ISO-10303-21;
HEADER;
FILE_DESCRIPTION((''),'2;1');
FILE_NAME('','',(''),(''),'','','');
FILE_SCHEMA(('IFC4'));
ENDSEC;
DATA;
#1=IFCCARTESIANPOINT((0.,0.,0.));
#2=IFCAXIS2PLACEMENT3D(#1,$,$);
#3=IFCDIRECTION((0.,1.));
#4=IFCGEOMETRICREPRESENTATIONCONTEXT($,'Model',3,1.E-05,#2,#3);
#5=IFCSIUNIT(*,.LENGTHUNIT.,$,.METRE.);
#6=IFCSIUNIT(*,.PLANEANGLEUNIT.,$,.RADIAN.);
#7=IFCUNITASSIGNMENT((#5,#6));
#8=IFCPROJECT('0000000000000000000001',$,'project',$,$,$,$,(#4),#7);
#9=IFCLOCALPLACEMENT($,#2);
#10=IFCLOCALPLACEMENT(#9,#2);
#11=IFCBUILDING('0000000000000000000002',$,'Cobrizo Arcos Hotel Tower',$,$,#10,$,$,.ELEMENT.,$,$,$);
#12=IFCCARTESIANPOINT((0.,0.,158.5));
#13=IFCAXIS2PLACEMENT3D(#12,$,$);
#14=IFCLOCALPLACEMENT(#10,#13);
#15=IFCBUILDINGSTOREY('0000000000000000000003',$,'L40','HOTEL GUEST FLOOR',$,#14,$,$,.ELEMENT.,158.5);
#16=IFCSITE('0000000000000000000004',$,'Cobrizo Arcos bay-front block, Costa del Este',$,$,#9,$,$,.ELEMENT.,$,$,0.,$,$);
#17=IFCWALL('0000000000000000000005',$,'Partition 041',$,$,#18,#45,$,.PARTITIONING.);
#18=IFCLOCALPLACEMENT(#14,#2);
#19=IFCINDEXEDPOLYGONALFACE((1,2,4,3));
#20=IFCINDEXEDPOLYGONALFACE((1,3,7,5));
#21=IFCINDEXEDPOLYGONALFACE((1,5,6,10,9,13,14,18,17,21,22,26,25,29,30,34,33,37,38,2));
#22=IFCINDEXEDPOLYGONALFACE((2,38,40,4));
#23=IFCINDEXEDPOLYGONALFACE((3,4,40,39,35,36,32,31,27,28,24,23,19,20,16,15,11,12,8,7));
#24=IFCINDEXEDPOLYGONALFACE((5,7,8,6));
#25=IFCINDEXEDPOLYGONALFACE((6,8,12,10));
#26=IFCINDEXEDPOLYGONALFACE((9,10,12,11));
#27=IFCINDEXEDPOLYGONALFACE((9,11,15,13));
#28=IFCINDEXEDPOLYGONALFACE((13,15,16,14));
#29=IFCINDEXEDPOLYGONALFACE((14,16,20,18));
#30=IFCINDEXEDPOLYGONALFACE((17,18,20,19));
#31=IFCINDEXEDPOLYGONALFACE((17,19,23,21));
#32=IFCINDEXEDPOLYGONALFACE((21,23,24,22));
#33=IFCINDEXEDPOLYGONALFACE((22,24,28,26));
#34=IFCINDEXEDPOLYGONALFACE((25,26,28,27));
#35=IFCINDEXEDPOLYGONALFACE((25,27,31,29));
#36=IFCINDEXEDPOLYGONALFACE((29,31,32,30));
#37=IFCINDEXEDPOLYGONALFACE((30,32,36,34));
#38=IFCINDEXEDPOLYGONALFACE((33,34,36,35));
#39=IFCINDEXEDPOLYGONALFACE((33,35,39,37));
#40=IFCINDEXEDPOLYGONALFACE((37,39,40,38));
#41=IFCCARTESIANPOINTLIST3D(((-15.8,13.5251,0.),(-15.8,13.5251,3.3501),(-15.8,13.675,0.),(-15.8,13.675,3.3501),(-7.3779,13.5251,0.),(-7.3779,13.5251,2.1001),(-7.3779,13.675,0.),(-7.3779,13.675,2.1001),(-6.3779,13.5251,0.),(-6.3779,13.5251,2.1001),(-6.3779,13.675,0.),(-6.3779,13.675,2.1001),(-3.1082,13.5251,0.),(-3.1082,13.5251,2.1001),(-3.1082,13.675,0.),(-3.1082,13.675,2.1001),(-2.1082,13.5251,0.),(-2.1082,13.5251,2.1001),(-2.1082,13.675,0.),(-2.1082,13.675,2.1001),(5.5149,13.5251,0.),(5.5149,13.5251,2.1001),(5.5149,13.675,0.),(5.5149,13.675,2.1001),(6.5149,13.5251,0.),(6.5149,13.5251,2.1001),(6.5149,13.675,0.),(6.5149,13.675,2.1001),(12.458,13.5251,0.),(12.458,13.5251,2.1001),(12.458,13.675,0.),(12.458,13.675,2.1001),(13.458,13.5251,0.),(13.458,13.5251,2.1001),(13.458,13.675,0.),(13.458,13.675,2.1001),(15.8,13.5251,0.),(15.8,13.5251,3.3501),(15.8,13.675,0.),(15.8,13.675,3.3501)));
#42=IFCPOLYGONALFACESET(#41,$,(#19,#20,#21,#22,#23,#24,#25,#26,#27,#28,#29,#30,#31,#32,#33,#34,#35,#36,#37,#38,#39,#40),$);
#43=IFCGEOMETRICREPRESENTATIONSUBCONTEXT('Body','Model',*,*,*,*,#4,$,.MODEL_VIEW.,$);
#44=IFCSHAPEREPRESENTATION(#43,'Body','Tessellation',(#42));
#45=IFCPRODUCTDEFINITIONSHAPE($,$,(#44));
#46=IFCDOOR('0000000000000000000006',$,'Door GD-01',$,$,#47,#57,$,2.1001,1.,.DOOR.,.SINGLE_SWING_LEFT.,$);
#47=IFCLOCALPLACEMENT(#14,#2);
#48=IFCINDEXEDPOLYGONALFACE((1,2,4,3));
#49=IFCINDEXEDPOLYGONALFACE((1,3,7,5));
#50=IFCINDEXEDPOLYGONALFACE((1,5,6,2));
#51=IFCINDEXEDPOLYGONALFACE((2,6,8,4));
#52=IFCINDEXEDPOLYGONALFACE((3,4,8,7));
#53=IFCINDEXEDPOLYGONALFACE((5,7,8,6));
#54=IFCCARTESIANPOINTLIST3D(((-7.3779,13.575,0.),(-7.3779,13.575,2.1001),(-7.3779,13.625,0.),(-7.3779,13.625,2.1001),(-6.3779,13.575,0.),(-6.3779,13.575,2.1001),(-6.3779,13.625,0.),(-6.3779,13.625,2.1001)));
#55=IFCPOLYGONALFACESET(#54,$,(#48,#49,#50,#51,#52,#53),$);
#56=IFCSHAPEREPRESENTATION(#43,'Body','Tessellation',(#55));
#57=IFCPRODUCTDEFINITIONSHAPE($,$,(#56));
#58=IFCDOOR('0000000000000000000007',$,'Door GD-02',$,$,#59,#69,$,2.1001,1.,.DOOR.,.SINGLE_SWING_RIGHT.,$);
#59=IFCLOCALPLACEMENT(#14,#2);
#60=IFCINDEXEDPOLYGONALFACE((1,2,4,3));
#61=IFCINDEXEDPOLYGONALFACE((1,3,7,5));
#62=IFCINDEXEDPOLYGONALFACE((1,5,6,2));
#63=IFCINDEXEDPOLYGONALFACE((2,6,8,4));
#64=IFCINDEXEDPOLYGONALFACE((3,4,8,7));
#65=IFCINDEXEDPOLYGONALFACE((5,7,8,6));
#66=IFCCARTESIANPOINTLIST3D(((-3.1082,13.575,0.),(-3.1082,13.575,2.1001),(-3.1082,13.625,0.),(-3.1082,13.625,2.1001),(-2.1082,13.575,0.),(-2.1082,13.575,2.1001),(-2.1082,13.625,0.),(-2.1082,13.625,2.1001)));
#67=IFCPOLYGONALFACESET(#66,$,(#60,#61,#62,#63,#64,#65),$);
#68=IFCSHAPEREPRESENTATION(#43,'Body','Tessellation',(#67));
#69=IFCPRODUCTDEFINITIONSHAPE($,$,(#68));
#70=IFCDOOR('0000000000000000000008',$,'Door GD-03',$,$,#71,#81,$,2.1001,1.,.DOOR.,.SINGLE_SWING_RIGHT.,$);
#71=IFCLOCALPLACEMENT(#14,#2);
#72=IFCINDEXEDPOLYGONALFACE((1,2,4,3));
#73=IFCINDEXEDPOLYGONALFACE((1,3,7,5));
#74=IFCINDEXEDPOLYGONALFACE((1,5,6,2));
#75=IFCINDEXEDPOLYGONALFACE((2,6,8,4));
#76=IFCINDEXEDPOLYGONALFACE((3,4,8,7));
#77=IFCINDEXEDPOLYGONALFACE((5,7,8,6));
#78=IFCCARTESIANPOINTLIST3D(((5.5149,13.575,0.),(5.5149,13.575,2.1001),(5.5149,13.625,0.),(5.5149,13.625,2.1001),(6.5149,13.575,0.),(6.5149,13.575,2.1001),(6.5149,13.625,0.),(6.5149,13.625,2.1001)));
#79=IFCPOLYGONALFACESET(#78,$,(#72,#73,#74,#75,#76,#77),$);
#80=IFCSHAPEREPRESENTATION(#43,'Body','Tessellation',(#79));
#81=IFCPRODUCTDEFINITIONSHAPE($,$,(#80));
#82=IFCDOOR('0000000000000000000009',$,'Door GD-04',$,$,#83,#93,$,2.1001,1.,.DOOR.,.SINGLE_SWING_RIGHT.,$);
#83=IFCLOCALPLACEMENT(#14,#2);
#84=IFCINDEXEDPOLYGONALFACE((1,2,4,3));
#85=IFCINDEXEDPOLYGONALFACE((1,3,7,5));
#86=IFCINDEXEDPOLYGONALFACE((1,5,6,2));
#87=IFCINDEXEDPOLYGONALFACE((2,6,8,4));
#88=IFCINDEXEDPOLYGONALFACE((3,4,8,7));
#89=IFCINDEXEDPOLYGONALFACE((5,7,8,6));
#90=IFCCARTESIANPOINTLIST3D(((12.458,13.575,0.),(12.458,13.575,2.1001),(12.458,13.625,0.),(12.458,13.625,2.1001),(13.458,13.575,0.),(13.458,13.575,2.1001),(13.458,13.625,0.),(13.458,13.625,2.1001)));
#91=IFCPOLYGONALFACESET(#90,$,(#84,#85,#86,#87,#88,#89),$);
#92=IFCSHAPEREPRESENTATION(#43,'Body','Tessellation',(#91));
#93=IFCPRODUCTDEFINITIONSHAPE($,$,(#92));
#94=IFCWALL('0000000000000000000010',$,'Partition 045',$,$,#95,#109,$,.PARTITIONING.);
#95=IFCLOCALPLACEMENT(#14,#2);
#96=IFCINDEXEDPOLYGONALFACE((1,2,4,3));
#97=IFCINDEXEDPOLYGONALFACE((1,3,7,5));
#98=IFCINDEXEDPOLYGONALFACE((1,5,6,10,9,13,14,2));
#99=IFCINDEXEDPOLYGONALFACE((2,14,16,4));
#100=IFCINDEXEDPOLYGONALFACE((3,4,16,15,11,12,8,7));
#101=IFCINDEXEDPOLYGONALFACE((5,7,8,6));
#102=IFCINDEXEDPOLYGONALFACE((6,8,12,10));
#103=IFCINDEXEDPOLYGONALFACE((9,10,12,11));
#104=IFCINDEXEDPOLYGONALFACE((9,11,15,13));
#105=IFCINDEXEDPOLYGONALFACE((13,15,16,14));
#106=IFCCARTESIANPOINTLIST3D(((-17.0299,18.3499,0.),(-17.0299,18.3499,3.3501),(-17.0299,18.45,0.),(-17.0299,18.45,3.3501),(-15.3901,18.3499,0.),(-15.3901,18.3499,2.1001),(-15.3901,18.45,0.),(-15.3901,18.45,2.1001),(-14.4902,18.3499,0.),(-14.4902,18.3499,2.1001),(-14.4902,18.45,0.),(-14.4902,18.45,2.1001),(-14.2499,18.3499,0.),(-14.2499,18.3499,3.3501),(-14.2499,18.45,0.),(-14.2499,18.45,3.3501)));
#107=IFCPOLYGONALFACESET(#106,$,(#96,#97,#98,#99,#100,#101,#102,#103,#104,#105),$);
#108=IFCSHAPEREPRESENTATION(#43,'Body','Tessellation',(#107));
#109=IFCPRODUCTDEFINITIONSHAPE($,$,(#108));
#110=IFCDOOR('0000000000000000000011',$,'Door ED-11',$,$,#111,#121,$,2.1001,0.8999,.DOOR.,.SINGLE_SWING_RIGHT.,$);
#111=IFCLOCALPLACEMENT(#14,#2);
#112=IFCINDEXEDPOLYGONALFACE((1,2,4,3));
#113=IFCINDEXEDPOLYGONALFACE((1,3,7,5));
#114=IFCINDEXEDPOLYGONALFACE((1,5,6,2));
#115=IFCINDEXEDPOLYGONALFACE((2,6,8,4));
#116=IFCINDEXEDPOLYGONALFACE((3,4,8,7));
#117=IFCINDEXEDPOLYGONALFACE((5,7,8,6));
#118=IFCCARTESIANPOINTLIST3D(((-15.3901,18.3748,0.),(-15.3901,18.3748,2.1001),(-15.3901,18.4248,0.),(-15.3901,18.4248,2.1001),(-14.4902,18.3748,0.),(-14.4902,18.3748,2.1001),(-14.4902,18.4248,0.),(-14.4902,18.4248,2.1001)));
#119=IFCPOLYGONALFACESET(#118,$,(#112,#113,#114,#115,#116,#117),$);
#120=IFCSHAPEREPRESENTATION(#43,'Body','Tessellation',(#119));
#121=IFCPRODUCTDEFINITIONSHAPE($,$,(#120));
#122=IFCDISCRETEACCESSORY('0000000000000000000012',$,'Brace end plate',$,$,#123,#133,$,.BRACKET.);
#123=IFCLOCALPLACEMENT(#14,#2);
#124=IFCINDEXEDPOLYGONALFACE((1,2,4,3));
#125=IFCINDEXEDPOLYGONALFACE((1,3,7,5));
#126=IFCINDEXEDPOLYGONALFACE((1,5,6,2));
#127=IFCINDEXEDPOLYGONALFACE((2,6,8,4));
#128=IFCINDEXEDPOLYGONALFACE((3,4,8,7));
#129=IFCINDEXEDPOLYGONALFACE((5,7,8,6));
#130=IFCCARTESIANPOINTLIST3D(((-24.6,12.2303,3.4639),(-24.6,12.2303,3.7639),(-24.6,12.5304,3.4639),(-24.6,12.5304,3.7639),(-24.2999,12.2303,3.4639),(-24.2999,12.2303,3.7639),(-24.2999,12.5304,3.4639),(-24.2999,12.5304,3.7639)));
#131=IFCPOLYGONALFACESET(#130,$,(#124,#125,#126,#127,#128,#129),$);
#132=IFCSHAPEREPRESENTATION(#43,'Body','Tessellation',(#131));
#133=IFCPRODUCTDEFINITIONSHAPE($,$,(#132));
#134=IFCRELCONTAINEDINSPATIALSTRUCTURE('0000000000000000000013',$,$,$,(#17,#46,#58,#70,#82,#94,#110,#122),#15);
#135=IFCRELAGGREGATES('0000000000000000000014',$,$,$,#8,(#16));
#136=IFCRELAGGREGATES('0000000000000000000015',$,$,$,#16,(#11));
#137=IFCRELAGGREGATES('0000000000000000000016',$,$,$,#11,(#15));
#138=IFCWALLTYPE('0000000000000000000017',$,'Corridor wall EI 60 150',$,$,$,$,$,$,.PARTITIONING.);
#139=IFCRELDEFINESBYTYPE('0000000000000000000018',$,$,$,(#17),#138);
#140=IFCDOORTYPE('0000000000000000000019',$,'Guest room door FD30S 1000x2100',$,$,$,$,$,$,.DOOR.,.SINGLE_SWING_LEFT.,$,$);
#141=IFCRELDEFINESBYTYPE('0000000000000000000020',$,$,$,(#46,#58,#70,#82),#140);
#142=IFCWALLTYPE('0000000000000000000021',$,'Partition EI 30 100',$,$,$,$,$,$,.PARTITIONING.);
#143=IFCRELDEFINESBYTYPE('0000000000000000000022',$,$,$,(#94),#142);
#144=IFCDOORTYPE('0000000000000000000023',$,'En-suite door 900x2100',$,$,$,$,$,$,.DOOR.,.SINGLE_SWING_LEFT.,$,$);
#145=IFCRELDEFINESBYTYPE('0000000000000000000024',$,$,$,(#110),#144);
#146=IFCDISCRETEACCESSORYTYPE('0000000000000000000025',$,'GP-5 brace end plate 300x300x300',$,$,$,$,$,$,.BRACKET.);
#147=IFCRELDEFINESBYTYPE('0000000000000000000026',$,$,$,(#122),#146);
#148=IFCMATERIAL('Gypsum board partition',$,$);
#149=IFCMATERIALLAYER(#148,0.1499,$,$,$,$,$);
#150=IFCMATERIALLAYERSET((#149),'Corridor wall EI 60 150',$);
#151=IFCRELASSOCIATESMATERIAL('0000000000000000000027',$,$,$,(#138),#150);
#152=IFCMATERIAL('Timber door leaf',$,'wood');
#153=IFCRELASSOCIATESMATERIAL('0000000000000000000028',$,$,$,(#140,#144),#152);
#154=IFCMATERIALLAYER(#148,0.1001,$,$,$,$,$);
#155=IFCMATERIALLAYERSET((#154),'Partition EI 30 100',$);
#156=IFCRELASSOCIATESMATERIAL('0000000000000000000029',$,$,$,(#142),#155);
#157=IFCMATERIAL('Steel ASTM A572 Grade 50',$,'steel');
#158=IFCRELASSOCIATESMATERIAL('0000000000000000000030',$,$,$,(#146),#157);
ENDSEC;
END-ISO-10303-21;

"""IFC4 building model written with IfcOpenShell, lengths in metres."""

from ifc_helpers import new_model, si_unit, direction, frame, frame_2d, origin, origin_2d, place, context, subcontext, project, spatial, rectangle, extrude, material, layer, layer_set, type_object, element, fill, save


model = new_model("IFC4")

# Units and contexts
model_context = context("Model", 3, precision=1e-05, world=origin(), true_north=direction((0.0, 1.0)))
body_context = subcontext(model_context, "Body", "Model", "MODEL_VIEW")
ifc_project = project(units=[si_unit("LENGTHUNIT", "METRE"), si_unit("PLANEANGLEUNIT", "RADIAN")], contexts=[model_context])

# Site, building, storey
site_placement = place(None, origin())
site = spatial("IfcSite", under=ifc_project, at=site_placement, Name="Cobrizo Arcos bay-front block, Costa del Este", CompositionType="ELEMENT", RefElevation=0.0)
building_placement = place(site_placement, origin())
building = spatial("IfcBuilding", under=site, at=building_placement, Name="Cobrizo Arcos Hotel Tower", CompositionType="ELEMENT")
storey_placement = place(building_placement, frame((0.0, 0.0, 158.5)))
storey = spatial("IfcBuildingStorey", under=building, at=storey_placement, Name="L40", Description="HOTEL GUEST FLOOR", CompositionType="ELEMENT", Elevation=158.5)

# Shared definitions
ifc_material_1 = material(Name="Steel ASTM A572 Grade 50", Category="steel")

# Wall, openings, doors
ifc_material_2 = material(Name="Gypsum board partition")
ifc_layer_1 = layer(ifc_material_2, 0.1499)
ifc_layer_set_1 = layer_set([ifc_layer_1], Name="Corridor wall EI 60 150")
wall_type_1 = type_object("IfcWallType", Name="Corridor wall EI 60 150", PredefinedType="PARTITIONING", material=ifc_layer_set_1)
wall_1_placement = place(storey_placement, frame((-15.8, 13.6001, 0.0), z_axis=(0.0, 0.0, 1.0), x_axis=(1.0, 0.0, 0.0)))
wall_1 = element("IfcWall", 1, at=wall_1_placement, inside=storey, type_object=wall_type_1, Name="Partition 041", PredefinedType="PARTITIONING", context=body_context, shape_type="SweptSolid", body=[
    extrude(rectangle(XDim=31.6001, YDim=0.1499, at=frame_2d((15.8, 0.0))), origin(), (0.0, 0.0, 1.0), 3.3501),
])
opening_1_placement = place(wall_1_placement, frame((8.4221, 0.0, 0.0)))
opening_1 = element("IfcOpeningElement", 2, at=opening_1_placement, cuts=wall_1, PredefinedType="OPENING", context=body_context, shape_type="SweptSolid", body=[
    extrude(rectangle(XDim=1.0, YDim=2.1001, at=frame_2d((0.5, 1.05))), frame((0.0, 0.0869, 0.0), z_axis=(0.0, -1.0, 0.0), x_axis=(1.0, 0.0, 0.0)), (0.0, 0.0, 1.0), 0.1738),
])
opening_2_placement = place(wall_1_placement, frame((12.6919, 0.0, 0.0)))
opening_2 = element("IfcOpeningElement", 3, at=opening_2_placement, cuts=wall_1, PredefinedType="OPENING", context=body_context, shape_type="SweptSolid", body=[
    extrude(rectangle(XDim=1.0, YDim=2.1001, at=frame_2d((0.5, 1.05))), frame((0.0, 0.0869, 0.0), z_axis=(0.0, -1.0, 0.0), x_axis=(1.0, 0.0, 0.0)), (0.0, 0.0, 1.0), 0.1738),
])
opening_3_placement = place(wall_1_placement, frame((21.3149, 0.0, 0.0)))
opening_3 = element("IfcOpeningElement", 4, at=opening_3_placement, cuts=wall_1, PredefinedType="OPENING", context=body_context, shape_type="SweptSolid", body=[
    extrude(rectangle(XDim=1.0, YDim=2.1001, at=frame_2d((0.5, 1.05))), frame((0.0, 0.0869, 0.0), z_axis=(0.0, -1.0, 0.0), x_axis=(1.0, 0.0, 0.0)), (0.0, 0.0, 1.0), 0.1738),
])
opening_4_placement = place(wall_1_placement, frame((28.2581, 0.0, 0.0)))
opening_4 = element("IfcOpeningElement", 5, at=opening_4_placement, cuts=wall_1, PredefinedType="OPENING", context=body_context, shape_type="SweptSolid", body=[
    extrude(rectangle(XDim=1.0, YDim=2.1001, at=frame_2d((0.5, 1.05))), frame((0.0, 0.0869, 0.0), z_axis=(0.0, -1.0, 0.0), x_axis=(1.0, 0.0, 0.0)), (0.0, 0.0, 1.0), 0.1738),
])
ifc_material_3 = material(Name="Timber door leaf", Category="wood")
door_type_1 = type_object("IfcDoorType", Name="Guest room door FD30S 1000x2100", OperationType="SINGLE_SWING_LEFT", PredefinedType="DOOR", material=ifc_material_3)
door_1_placement = place(opening_1_placement, origin())
door_1 = element("IfcDoor", 6, at=door_1_placement, inside=storey, type_object=door_type_1, Name="Door GD-01", OperationType="SINGLE_SWING_LEFT", OverallHeight=2.1001, OverallWidth=1.0, PredefinedType="DOOR", context=body_context, shape_type="SweptSolid", body=[
    extrude(rectangle(XDim=1.0, YDim=2.1001, at=frame_2d((0.5, 1.05))), frame((0.0, 0.0249, 0.0), z_axis=(0.0, -1.0, 0.0), x_axis=(1.0, 0.0, 0.0)), (0.0, 0.0, 1.0), 0.05),
])
fill(opening_1, door_1)
door_2_placement = place(opening_2_placement, origin())
door_2 = element("IfcDoor", 7, at=door_2_placement, inside=storey, type_object=door_type_1, Name="Door GD-02", OperationType="SINGLE_SWING_RIGHT", OverallHeight=2.1001, OverallWidth=1.0, PredefinedType="DOOR", context=body_context, shape_type="SweptSolid", body=[
    extrude(rectangle(XDim=1.0, YDim=2.1001, at=frame_2d((0.5, 1.05))), frame((0.0, 0.0249, 0.0), z_axis=(0.0, -1.0, 0.0), x_axis=(1.0, 0.0, 0.0)), (0.0, 0.0, 1.0), 0.05),
])
fill(opening_2, door_2)
door_3_placement = place(opening_3_placement, origin())
door_3 = element("IfcDoor", 8, at=door_3_placement, inside=storey, type_object=door_type_1, Name="Door GD-03", OperationType="SINGLE_SWING_RIGHT", OverallHeight=2.1001, OverallWidth=1.0, PredefinedType="DOOR", context=body_context, shape_type="SweptSolid", body=[
    extrude(rectangle(XDim=1.0, YDim=2.1001, at=frame_2d((0.5, 1.05))), frame((0.0, 0.0249, 0.0), z_axis=(0.0, -1.0, 0.0), x_axis=(1.0, 0.0, 0.0)), (0.0, 0.0, 1.0), 0.05),
])
fill(opening_3, door_3)
door_4_placement = place(opening_4_placement, origin())
door_4 = element("IfcDoor", 9, at=door_4_placement, inside=storey, type_object=door_type_1, Name="Door GD-04", OperationType="SINGLE_SWING_RIGHT", OverallHeight=2.1001, OverallWidth=1.0, PredefinedType="DOOR", context=body_context, shape_type="SweptSolid", body=[
    extrude(rectangle(XDim=1.0, YDim=2.1001, at=frame_2d((0.5, 1.05))), frame((0.0, 0.0249, 0.0), z_axis=(0.0, -1.0, 0.0), x_axis=(1.0, 0.0, 0.0)), (0.0, 0.0, 1.0), 0.05),
])
fill(opening_4, door_4)

# Wall, opening, door
ifc_layer_2 = layer(ifc_material_2, 0.1001)
ifc_layer_set_2 = layer_set([ifc_layer_2], Name="Partition EI 30 100")
wall_type_2 = type_object("IfcWallType", Name="Partition EI 30 100", PredefinedType="PARTITIONING", material=ifc_layer_set_2)
wall_2_placement = place(storey_placement, frame((-17.03, 18.3999, 0.0), z_axis=(0.0, 0.0, 1.0), x_axis=(1.0, 0.0, 0.0)))
wall_2 = element("IfcWall", 10, at=wall_2_placement, inside=storey, type_object=wall_type_2, Name="Partition 045", PredefinedType="PARTITIONING", context=body_context, shape_type="SweptSolid", body=[
    extrude(rectangle(XDim=2.78, YDim=0.1001, at=frame_2d((1.3901, 0.0))), origin(), (0.0, 0.0, 1.0), 3.3501),
])
opening_5_placement = place(wall_2_placement, frame((1.6399, 0.0, 0.0)))
opening_5 = element("IfcOpeningElement", 11, at=opening_5_placement, cuts=wall_2, PredefinedType="OPENING", context=body_context, shape_type="SweptSolid", body=[
    extrude(rectangle(XDim=0.8999, YDim=2.1001, at=frame_2d((0.45, 1.05))), frame((0.0, 0.062, 0.0), z_axis=(0.0, -1.0, 0.0), x_axis=(1.0, 0.0, 0.0)), (0.0, 0.0, 1.0), 0.124),
])
door_type_2 = type_object("IfcDoorType", Name="En-suite door 900x2100", OperationType="SINGLE_SWING_LEFT", PredefinedType="DOOR", material=ifc_material_3)
door_5_placement = place(opening_5_placement, origin())
door_5 = element("IfcDoor", 12, at=door_5_placement, inside=storey, type_object=door_type_2, Name="Door ED-11", OperationType="SINGLE_SWING_RIGHT", OverallHeight=2.1001, OverallWidth=0.8999, PredefinedType="DOOR", context=body_context, shape_type="SweptSolid", body=[
    extrude(rectangle(XDim=0.8999, YDim=2.1001, at=frame_2d((0.45, 1.05))), frame((0.0, 0.0249, 0.0), z_axis=(0.0, -1.0, 0.0), x_axis=(1.0, 0.0, 0.0)), (0.0, 0.0, 1.0), 0.05),
])
fill(opening_5, door_5)

# Discrete accessory
discrete_accessory_type = type_object("IfcDiscreteAccessoryType", Name="GP-5 brace end plate 300x300x300", PredefinedType="BRACKET", material=ifc_material_1)
discrete_accessory_placement = place(storey_placement, frame((-24.45, 12.3804, 3.4639), z_axis=(0.0, 0.0, 1.0), x_axis=(1.0, 0.0, 0.0)))
element("IfcDiscreteAccessory", 13, at=discrete_accessory_placement, inside=storey, type_object=discrete_accessory_type, Name="Brace end plate", PredefinedType="BRACKET", context=body_context, shape_type="SweptSolid", body=[
    extrude(rectangle(XDim=0.3, YDim=0.3, at=origin_2d()), origin(), (0.0, 0.0, 1.0), 0.3),
])

save(model, "model.ifc")
